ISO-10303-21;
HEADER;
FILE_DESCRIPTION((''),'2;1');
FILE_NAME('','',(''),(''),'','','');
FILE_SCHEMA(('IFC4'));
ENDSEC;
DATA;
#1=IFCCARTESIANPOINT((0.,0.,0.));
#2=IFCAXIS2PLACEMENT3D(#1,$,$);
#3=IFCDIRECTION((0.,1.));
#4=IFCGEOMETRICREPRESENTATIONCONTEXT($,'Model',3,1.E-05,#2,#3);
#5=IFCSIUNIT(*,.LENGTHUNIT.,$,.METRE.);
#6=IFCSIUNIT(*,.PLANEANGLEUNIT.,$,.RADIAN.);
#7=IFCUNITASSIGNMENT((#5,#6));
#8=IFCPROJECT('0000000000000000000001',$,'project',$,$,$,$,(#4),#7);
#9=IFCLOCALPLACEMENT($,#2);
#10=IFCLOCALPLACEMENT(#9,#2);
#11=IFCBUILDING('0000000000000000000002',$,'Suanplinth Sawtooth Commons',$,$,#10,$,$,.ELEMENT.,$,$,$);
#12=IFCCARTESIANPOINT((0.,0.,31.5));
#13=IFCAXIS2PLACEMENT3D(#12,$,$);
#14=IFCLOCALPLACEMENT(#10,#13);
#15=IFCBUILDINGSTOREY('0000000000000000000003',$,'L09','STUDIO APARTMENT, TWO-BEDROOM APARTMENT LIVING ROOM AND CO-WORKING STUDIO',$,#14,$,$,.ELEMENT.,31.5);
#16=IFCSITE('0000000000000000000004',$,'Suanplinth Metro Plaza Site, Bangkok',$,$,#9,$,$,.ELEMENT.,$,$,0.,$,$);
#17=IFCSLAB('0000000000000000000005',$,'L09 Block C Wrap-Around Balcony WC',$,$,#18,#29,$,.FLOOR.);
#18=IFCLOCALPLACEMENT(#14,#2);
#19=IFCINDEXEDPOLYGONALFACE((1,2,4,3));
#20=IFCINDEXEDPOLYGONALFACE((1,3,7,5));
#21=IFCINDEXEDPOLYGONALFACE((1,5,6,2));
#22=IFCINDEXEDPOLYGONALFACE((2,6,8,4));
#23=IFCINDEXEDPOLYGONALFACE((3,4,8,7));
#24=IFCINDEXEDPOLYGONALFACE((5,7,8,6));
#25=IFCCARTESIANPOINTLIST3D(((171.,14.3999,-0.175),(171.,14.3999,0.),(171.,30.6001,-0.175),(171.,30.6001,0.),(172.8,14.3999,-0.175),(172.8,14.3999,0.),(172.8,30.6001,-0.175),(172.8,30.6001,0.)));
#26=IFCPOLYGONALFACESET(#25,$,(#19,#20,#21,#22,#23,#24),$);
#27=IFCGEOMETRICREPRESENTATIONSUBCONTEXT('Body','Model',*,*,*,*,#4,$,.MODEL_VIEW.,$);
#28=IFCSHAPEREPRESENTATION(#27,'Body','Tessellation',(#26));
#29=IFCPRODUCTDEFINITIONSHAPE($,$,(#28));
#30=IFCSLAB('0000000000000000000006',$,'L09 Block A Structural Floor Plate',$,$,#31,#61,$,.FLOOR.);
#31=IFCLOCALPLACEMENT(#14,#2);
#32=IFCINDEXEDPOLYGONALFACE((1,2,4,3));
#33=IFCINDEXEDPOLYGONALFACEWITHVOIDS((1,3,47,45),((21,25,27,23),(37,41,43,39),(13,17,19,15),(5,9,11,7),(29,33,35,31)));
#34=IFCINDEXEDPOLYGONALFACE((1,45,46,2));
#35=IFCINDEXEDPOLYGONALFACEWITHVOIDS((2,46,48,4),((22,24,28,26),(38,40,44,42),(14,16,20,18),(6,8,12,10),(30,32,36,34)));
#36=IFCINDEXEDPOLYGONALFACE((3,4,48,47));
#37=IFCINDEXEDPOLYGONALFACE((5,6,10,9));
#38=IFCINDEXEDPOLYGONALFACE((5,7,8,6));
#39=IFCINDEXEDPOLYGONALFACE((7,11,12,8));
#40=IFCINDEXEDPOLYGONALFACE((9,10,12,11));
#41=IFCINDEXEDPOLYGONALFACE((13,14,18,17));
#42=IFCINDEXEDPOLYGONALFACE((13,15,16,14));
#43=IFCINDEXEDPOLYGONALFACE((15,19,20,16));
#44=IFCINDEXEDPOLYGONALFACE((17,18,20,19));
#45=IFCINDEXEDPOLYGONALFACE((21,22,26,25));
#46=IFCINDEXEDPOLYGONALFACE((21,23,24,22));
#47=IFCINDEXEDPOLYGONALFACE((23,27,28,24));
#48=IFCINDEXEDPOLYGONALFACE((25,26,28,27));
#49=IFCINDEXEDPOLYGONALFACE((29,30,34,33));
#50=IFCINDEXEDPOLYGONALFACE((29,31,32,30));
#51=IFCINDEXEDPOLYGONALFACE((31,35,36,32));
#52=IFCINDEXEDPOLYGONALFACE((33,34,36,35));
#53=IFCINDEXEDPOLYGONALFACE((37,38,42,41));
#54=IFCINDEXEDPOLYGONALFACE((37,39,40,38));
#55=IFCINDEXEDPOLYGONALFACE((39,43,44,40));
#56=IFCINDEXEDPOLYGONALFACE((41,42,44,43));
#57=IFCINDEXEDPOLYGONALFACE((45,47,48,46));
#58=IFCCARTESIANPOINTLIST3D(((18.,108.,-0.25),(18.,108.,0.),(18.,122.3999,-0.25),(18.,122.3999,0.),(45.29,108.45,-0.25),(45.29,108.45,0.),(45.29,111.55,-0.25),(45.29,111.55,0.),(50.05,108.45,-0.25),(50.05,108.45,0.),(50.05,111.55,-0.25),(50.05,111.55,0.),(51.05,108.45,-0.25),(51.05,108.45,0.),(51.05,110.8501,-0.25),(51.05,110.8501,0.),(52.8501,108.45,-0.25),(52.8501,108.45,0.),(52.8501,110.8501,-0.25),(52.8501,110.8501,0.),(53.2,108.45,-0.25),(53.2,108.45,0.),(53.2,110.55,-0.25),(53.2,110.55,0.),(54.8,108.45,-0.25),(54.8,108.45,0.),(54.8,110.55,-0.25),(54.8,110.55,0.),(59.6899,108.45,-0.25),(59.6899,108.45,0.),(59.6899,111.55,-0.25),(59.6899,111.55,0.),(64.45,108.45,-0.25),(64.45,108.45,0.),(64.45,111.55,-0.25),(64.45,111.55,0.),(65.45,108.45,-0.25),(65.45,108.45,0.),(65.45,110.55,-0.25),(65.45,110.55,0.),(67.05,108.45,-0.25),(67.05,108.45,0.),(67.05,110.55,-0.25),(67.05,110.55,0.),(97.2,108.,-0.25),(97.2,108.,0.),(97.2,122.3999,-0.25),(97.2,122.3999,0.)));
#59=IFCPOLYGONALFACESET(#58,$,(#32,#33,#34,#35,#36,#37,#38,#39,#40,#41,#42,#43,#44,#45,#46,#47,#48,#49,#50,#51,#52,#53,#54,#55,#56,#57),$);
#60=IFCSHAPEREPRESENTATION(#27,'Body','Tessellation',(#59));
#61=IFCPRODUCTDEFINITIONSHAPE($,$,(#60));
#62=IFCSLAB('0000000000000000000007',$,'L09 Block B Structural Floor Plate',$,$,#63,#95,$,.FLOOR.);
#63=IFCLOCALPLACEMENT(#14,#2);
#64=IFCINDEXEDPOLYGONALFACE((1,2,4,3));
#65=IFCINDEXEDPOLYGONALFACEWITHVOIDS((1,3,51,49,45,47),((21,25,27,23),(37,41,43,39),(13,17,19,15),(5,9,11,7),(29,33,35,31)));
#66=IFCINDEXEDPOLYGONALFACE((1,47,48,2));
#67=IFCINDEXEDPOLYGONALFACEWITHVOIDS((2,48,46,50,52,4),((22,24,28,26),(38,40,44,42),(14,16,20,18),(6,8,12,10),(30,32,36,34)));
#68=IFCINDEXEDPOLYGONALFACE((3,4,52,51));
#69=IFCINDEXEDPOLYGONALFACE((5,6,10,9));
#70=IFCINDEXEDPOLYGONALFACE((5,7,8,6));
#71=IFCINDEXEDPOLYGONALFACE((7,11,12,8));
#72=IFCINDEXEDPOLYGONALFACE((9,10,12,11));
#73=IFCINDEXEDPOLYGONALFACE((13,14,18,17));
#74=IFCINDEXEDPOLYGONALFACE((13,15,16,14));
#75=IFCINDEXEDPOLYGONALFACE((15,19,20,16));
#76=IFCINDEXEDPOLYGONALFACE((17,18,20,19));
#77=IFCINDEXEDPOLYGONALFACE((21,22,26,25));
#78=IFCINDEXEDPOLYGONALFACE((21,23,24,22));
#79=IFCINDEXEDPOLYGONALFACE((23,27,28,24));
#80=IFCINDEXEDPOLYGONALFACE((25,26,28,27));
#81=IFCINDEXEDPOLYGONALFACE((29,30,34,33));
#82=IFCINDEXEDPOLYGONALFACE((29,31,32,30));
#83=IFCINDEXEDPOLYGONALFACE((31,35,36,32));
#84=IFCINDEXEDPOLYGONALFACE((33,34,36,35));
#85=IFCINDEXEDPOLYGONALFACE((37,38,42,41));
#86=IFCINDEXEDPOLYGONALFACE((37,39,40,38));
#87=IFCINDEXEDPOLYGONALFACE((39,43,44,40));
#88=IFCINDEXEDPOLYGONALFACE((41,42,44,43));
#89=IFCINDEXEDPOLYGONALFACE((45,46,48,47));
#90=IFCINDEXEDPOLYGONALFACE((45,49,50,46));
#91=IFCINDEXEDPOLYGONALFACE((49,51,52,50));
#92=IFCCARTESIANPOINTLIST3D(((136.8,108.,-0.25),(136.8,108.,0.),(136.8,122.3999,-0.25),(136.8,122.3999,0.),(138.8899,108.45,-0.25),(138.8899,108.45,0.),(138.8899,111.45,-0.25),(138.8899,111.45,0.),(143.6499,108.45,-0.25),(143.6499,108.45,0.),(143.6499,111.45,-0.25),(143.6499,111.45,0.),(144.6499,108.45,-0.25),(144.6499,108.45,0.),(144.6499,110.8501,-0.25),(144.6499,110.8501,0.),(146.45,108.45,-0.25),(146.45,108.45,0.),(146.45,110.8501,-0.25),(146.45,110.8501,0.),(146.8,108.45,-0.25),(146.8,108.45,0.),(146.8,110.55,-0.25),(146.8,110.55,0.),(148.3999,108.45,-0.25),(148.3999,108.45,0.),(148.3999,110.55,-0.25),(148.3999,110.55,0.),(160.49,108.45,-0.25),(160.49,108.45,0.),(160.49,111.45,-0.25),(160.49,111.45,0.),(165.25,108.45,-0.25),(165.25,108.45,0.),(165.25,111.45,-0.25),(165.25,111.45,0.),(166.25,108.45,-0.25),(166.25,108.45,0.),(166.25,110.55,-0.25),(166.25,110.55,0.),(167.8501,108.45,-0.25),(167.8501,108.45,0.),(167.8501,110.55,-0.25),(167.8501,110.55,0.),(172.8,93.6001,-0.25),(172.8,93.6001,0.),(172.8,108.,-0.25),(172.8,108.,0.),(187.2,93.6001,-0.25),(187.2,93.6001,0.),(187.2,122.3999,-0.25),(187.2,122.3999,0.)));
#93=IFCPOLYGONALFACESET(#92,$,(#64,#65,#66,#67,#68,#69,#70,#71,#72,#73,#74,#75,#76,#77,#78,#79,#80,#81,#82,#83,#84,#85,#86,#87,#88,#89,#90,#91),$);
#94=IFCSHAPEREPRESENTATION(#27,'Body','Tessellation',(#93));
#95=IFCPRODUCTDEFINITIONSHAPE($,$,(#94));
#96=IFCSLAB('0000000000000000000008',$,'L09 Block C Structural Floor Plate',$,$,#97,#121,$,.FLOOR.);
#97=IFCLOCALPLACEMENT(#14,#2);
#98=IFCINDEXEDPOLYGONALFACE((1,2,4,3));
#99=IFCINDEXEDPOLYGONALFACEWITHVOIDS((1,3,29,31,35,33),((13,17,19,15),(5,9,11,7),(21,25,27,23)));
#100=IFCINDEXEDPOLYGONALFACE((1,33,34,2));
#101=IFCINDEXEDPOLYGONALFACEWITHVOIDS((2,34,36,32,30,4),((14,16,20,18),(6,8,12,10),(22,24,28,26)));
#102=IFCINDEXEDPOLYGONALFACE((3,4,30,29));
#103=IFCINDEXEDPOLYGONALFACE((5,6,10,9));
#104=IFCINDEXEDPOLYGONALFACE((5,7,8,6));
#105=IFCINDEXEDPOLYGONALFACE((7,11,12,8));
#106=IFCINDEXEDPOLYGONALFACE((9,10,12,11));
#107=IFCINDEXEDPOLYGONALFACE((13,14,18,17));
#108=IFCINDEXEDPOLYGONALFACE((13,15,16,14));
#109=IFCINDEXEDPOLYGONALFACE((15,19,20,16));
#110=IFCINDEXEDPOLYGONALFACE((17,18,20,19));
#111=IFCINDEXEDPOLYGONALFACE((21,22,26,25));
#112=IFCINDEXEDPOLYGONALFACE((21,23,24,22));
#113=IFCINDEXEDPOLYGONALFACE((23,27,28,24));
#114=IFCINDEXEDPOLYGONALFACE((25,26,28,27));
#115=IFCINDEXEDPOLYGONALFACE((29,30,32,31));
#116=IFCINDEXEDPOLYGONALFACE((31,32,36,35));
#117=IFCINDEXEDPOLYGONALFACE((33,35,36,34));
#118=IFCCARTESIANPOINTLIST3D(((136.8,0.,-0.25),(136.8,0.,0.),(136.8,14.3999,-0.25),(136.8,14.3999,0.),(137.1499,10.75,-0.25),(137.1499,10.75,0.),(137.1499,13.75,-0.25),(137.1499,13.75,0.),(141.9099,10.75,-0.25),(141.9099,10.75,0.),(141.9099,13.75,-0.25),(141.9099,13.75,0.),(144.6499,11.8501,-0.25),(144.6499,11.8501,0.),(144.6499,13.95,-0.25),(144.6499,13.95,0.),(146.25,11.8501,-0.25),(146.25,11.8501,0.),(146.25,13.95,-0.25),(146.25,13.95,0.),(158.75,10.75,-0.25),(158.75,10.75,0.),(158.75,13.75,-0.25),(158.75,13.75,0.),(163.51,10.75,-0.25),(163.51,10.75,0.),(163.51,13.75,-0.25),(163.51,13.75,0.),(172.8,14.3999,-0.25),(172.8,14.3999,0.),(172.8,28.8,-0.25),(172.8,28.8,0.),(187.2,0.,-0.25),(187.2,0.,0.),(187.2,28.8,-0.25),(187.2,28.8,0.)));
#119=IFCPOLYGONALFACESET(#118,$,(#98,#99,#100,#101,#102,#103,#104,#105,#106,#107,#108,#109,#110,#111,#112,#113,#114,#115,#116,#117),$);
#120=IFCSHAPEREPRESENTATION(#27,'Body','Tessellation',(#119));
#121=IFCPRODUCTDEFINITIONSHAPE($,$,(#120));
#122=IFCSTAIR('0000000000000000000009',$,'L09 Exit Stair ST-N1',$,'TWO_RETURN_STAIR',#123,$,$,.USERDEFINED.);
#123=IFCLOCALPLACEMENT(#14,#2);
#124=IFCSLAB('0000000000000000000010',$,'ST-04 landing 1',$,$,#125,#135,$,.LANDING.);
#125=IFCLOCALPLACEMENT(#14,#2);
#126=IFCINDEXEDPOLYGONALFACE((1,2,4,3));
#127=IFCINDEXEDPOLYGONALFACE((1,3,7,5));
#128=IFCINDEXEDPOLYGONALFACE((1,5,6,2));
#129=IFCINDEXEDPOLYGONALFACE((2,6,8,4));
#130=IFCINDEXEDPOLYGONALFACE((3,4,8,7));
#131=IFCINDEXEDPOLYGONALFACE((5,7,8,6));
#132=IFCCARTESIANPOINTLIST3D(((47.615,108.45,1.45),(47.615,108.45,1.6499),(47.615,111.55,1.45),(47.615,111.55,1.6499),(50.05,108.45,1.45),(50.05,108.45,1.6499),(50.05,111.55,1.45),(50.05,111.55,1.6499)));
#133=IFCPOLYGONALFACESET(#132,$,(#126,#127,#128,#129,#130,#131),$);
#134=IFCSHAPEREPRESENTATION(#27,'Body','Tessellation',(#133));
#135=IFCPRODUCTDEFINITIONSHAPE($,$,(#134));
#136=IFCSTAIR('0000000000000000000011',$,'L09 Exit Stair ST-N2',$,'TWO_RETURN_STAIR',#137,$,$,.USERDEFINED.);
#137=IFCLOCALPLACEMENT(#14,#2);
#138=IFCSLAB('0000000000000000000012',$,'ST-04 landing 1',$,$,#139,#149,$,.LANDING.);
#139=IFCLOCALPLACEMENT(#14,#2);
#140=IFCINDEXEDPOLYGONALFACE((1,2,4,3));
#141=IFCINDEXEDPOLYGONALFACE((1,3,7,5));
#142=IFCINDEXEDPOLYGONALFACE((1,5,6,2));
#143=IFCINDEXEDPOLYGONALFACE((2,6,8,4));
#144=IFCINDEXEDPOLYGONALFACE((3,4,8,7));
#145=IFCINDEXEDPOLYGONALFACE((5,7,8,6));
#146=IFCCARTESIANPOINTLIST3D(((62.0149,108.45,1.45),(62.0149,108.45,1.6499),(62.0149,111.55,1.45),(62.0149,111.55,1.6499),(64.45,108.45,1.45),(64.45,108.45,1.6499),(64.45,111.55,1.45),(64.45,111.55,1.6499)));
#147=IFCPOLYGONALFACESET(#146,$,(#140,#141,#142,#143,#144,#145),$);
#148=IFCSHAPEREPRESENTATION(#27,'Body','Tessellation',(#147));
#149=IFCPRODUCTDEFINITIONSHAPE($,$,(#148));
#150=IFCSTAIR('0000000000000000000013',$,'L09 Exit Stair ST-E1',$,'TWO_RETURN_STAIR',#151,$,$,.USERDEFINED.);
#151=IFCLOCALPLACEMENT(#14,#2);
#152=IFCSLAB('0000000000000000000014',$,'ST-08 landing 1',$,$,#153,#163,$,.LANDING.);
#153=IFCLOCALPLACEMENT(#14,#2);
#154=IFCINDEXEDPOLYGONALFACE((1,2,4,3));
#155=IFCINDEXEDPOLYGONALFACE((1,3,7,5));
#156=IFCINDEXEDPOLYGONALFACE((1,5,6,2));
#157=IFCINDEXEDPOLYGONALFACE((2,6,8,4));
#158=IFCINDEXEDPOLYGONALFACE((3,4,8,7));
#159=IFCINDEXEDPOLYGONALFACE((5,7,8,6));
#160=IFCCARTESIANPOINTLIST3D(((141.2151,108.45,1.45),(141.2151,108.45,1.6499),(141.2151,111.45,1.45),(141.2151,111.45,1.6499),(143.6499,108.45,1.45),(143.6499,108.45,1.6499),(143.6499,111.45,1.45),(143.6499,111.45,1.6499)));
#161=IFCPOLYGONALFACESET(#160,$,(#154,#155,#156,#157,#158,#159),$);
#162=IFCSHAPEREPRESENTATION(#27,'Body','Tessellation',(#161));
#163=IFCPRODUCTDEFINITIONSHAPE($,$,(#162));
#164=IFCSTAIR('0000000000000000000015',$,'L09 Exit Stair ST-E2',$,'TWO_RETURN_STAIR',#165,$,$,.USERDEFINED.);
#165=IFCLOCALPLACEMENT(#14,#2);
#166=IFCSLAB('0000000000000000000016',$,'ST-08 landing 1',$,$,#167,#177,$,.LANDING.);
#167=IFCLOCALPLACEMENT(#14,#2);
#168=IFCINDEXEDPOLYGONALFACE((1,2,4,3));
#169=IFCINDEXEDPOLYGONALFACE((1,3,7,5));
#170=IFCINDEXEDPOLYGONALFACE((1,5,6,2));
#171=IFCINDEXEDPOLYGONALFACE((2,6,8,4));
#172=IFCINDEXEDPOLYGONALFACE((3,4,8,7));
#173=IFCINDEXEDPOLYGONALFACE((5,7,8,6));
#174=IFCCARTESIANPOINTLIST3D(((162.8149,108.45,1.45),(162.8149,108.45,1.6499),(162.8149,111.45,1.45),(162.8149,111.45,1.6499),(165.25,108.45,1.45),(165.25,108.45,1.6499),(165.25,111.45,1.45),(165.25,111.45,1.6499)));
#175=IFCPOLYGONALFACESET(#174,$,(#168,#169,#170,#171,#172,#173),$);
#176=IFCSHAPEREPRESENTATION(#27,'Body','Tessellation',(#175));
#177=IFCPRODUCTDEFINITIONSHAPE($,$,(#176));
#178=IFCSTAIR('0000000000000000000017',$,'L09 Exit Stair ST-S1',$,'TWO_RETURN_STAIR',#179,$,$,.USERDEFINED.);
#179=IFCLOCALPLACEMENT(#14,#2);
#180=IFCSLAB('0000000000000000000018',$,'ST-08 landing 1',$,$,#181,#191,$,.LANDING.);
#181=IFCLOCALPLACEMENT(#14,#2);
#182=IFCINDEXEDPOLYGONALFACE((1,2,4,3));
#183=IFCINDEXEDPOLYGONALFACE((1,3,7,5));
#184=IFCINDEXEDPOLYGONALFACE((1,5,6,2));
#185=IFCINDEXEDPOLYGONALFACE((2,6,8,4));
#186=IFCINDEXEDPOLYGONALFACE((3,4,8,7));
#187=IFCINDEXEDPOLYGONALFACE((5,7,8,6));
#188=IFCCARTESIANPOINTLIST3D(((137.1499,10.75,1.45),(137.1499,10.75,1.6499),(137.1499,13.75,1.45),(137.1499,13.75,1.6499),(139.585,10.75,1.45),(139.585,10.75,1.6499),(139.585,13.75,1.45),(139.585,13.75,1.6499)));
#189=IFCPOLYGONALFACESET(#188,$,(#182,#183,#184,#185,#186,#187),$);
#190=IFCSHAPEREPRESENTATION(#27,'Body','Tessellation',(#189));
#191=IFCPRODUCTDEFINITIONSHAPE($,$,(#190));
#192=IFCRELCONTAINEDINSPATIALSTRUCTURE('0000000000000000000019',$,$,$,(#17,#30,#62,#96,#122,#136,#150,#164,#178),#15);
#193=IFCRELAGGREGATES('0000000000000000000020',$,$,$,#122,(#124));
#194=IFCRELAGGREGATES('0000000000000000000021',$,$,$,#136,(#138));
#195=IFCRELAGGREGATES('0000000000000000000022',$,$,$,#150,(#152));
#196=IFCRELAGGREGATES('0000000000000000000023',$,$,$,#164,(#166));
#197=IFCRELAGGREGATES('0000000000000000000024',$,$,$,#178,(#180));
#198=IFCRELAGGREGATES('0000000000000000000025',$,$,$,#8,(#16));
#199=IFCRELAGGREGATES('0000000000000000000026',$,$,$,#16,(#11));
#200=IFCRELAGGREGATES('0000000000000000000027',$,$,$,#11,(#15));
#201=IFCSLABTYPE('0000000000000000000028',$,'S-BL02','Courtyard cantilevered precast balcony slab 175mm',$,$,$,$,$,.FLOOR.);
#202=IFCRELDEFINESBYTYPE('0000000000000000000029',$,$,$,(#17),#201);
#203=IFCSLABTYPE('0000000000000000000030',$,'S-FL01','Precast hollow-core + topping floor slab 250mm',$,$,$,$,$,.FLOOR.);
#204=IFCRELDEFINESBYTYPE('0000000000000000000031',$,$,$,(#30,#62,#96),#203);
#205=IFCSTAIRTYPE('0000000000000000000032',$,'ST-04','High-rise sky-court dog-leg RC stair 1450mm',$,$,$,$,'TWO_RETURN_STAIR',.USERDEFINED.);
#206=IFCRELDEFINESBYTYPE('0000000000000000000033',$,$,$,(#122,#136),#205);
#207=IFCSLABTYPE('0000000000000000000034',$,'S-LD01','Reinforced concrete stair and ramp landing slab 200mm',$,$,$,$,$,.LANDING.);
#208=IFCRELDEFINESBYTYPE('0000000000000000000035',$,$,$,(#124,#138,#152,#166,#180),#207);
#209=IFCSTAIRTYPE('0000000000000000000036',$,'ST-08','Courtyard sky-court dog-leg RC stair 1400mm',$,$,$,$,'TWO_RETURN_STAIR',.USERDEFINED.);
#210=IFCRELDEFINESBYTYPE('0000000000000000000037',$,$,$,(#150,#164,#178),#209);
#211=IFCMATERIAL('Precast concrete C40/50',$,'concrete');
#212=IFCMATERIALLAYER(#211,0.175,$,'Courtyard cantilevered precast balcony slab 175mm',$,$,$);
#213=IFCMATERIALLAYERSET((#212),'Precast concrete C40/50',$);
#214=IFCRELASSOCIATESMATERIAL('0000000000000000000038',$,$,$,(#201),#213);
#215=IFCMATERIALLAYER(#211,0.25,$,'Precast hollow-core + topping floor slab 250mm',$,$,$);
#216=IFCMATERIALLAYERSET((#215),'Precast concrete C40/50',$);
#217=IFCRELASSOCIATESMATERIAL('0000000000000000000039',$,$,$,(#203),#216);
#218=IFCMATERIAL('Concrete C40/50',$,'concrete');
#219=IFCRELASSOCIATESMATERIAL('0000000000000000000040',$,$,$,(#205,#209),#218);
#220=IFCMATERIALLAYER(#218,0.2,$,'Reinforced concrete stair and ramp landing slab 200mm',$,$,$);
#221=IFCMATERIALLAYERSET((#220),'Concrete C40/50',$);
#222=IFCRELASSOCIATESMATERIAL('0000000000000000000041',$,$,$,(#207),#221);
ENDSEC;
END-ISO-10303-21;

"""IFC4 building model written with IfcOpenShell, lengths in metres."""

from ifc_helpers import new_model, si_unit, direction, frame, origin, place, context, subcontext, project, spatial, polyline, outline, extrude, material, layer, layer_set, type_object, element, aggregate, save


model = new_model("IFC4")

# Units and contexts
model_context = context("Model", 3, precision=1e-05, world=origin(), true_north=direction((0.0, 1.0)))
body_context = subcontext(model_context, "Body", "Model", "MODEL_VIEW")
ifc_project = project(units=[si_unit("LENGTHUNIT", "METRE"), si_unit("PLANEANGLEUNIT", "RADIAN")], contexts=[model_context])

# Site, building, storey
site_placement = place(None, origin())
site = spatial("IfcSite", under=ifc_project, at=site_placement, Name="Suanplinth Metro Plaza Site, Bangkok", CompositionType="ELEMENT", RefElevation=0.0)
building_placement = place(site_placement, origin())
building = spatial("IfcBuilding", under=site, at=building_placement, Name="Suanplinth Sawtooth Commons", CompositionType="ELEMENT")
storey_placement = place(building_placement, frame((0.0, 0.0, 31.5)))
storey = spatial("IfcBuildingStorey", under=building, at=storey_placement, Name="L09", Description="STUDIO APARTMENT, TWO-BEDROOM APARTMENT LIVING ROOM AND CO-WORKING STUDIO", CompositionType="ELEMENT", Elevation=31.5)

# Slabs
ifc_material_1 = material(Name="Precast concrete C40/50", Category="concrete")
ifc_layer_1 = layer(ifc_material_1, 0.175, Name="Courtyard cantilevered precast balcony slab 175mm")
ifc_layer_set_1 = layer_set([ifc_layer_1], Name="Precast concrete C40/50")
slab_type_1 = type_object("IfcSlabType", Name="S-BL02", Description="Courtyard cantilevered precast balcony slab 175mm", PredefinedType="FLOOR", material=ifc_layer_set_1)
slab_1_placement = place(storey_placement, frame((0.0, 0.0, -0.175)))
element("IfcSlab", 1, at=slab_1_placement, inside=storey, type_object=slab_type_1, Name="L09 Block C Wrap-Around Balcony WC", PredefinedType="FLOOR", context=body_context, shape_type="SweptSolid", body=[
    extrude(outline(polyline([(172.8, 14.3999), (171.0, 14.3999), (171.0, 30.6001), (172.8, 30.6001), (172.8, 14.3999)])), origin(), (0.0, 0.0, 1.0), 0.175),
])
ifc_layer_2 = layer(ifc_material_1, 0.25, Name="Precast hollow-core + topping floor slab 250mm")
ifc_layer_set_2 = layer_set([ifc_layer_2], Name="Precast concrete C40/50")
slab_type_2 = type_object("IfcSlabType", Name="S-FL01", Description="Precast hollow-core + topping floor slab 250mm", PredefinedType="FLOOR", material=ifc_layer_set_2)
slab_2_placement = place(storey_placement, frame((0.0, 0.0, -0.25)))
element("IfcSlab", 2, at=slab_2_placement, inside=storey, type_object=slab_type_2, Name="L09 Block A Structural Floor Plate", PredefinedType="FLOOR", context=body_context, shape_type="SweptSolid", body=[
    extrude(outline(polyline([(18.0, 108.0), (97.2, 108.0), (97.2, 122.3999), (18.0, 122.3999), (18.0, 108.0)]), holes=[polyline([(45.29, 108.45), (50.05, 108.45), (50.05, 111.55), (45.29, 111.55), (45.29, 108.45)]), polyline([(51.05, 108.45), (52.8501, 108.45), (52.8501, 110.8501), (51.05, 110.8501), (51.05, 108.45)]), polyline([(53.2, 108.45), (54.8, 108.45), (54.8, 110.55), (53.2, 110.55), (53.2, 108.45)]), polyline([(59.6899, 108.45), (64.45, 108.45), (64.45, 111.55), (59.6899, 111.55), (59.6899, 108.45)]), polyline([(65.45, 108.45), (67.05, 108.45), (67.05, 110.55), (65.45, 110.55), (65.45, 108.45)])]), origin(), (0.0, 0.0, 1.0), 0.25),
])
slab_3_placement = place(storey_placement, frame((0.0, 0.0, -0.25)))
element("IfcSlab", 3, at=slab_3_placement, inside=storey, type_object=slab_type_2, Name="L09 Block B Structural Floor Plate", PredefinedType="FLOOR", context=body_context, shape_type="SweptSolid", body=[
    extrude(outline(polyline([(172.8, 108.0), (136.8, 108.0), (136.8, 122.3999), (187.2, 122.3999), (187.2, 93.6001), (172.8, 93.6001), (172.8, 108.0)]), holes=[polyline([(138.8899, 108.45), (143.6499, 108.45), (143.6499, 111.45), (138.8899, 111.45), (138.8899, 108.45)]), polyline([(144.6499, 108.45), (146.45, 108.45), (146.45, 110.8501), (144.6499, 110.8501), (144.6499, 108.45)]), polyline([(146.8, 108.45), (148.3999, 108.45), (148.3999, 110.55), (146.8, 110.55), (146.8, 108.45)]), polyline([(160.49, 108.45), (165.25, 108.45), (165.25, 111.45), (160.49, 111.45), (160.49, 108.45)]), polyline([(166.25, 108.45), (167.8501, 108.45), (167.8501, 110.55), (166.25, 110.55), (166.25, 108.45)])]), origin(), (0.0, 0.0, 1.0), 0.25),
])
slab_4_placement = place(storey_placement, frame((0.0, 0.0, -0.25)))
element("IfcSlab", 4, at=slab_4_placement, inside=storey, type_object=slab_type_2, Name="L09 Block C Structural Floor Plate", PredefinedType="FLOOR", context=body_context, shape_type="SweptSolid", body=[
    extrude(outline(polyline([(187.2, 0.0), (136.8, 0.0), (136.8, 14.3999), (172.8, 14.3999), (172.8, 28.8), (187.2, 28.8), (187.2, 0.0)]), holes=[polyline([(137.1499, 10.75), (141.9099, 10.75), (141.9099, 13.75), (137.1499, 13.75), (137.1499, 10.75)]), polyline([(144.6499, 11.8501), (146.25, 11.8501), (146.25, 13.95), (144.6499, 13.95), (144.6499, 11.8501)]), polyline([(158.75, 10.75), (163.51, 10.75), (163.51, 13.75), (158.75, 13.75), (158.75, 10.75)])]), origin(), (0.0, 0.0, 1.0), 0.25),
])

# Stairs, slabs
ifc_material_2 = material(Name="Concrete C40/50", Category="concrete")
stair_type_1 = type_object("IfcStairType", Name="ST-04", Description="High-rise sky-court dog-leg RC stair 1450mm", ElementType="TWO_RETURN_STAIR", PredefinedType="USERDEFINED", material=ifc_material_2)
stair_1_placement = place(storey_placement, origin())
stair_1 = element("IfcStair", 5, at=stair_1_placement, inside=storey, type_object=stair_type_1, Name="L09 Exit Stair ST-N1", ObjectType="TWO_RETURN_STAIR", PredefinedType="USERDEFINED")
ifc_layer_3 = layer(ifc_material_2, 0.2, Name="Reinforced concrete stair and ramp landing slab 200mm")
ifc_layer_set_3 = layer_set([ifc_layer_3], Name="Concrete C40/50")
slab_type_3 = type_object("IfcSlabType", Name="S-LD01", Description="Reinforced concrete stair and ramp landing slab 200mm", PredefinedType="LANDING", material=ifc_layer_set_3)
slab_5_placement = place(storey_placement, frame((0.0, 0.0, 1.45)))
slab_5 = element("IfcSlab", 6, at=slab_5_placement, type_object=slab_type_3, Name="ST-04 landing 1", PredefinedType="LANDING", context=body_context, shape_type="SweptSolid", body=[
    extrude(outline(polyline([(47.615, 108.45), (50.05, 108.45), (50.05, 111.55), (47.615, 111.55), (47.615, 108.45)])), origin(), (0.0, 0.0, 1.0), 0.2),
])
aggregate(stair_1, [slab_5])
stair_2_placement = place(storey_placement, origin())
stair_2 = element("IfcStair", 7, at=stair_2_placement, inside=storey, type_object=stair_type_1, Name="L09 Exit Stair ST-N2", ObjectType="TWO_RETURN_STAIR", PredefinedType="USERDEFINED")
slab_6_placement = place(storey_placement, frame((0.0, 0.0, 1.45)))
slab_6 = element("IfcSlab", 8, at=slab_6_placement, type_object=slab_type_3, Name="ST-04 landing 1", PredefinedType="LANDING", context=body_context, shape_type="SweptSolid", body=[
    extrude(outline(polyline([(62.0149, 108.45), (64.45, 108.45), (64.45, 111.55), (62.0149, 111.55), (62.0149, 108.45)])), origin(), (0.0, 0.0, 1.0), 0.2),
])
aggregate(stair_2, [slab_6])
stair_type_2 = type_object("IfcStairType", Name="ST-08", Description="Courtyard sky-court dog-leg RC stair 1400mm", ElementType="TWO_RETURN_STAIR", PredefinedType="USERDEFINED", material=ifc_material_2)
stair_3_placement = place(storey_placement, origin())
stair_3 = element("IfcStair", 9, at=stair_3_placement, inside=storey, type_object=stair_type_2, Name="L09 Exit Stair ST-E1", ObjectType="TWO_RETURN_STAIR", PredefinedType="USERDEFINED")
slab_7_placement = place(storey_placement, frame((0.0, 0.0, 1.45)))
slab_7 = element("IfcSlab", 10, at=slab_7_placement, type_object=slab_type_3, Name="ST-08 landing 1", PredefinedType="LANDING", context=body_context, shape_type="SweptSolid", body=[
    extrude(outline(polyline([(141.2151, 108.45), (143.6499, 108.45), (143.6499, 111.45), (141.2151, 111.45), (141.2151, 108.45)])), origin(), (0.0, 0.0, 1.0), 0.2),
])
aggregate(stair_3, [slab_7])
stair_4_placement = place(storey_placement, origin())
stair_4 = element("IfcStair", 11, at=stair_4_placement, inside=storey, type_object=stair_type_2, Name="L09 Exit Stair ST-E2", ObjectType="TWO_RETURN_STAIR", PredefinedType="USERDEFINED")
slab_8_placement = place(storey_placement, frame((0.0, 0.0, 1.45)))
slab_8 = element("IfcSlab", 12, at=slab_8_placement, type_object=slab_type_3, Name="ST-08 landing 1", PredefinedType="LANDING", context=body_context, shape_type="SweptSolid", body=[
    extrude(outline(polyline([(162.8149, 108.45), (165.25, 108.45), (165.25, 111.45), (162.8149, 111.45), (162.8149, 108.45)])), origin(), (0.0, 0.0, 1.0), 0.2),
])
aggregate(stair_4, [slab_8])
stair_5_placement = place(storey_placement, origin())
stair_5 = element("IfcStair", 13, at=stair_5_placement, inside=storey, type_object=stair_type_2, Name="L09 Exit Stair ST-S1", ObjectType="TWO_RETURN_STAIR", PredefinedType="USERDEFINED")
slab_9_placement = place(storey_placement, frame((0.0, 0.0, 1.45)))
slab_9 = element("IfcSlab", 14, at=slab_9_placement, type_object=slab_type_3, Name="ST-08 landing 1", PredefinedType="LANDING", context=body_context, shape_type="SweptSolid", body=[
    extrude(outline(polyline([(139.585, 13.75), (137.1499, 13.75), (137.1499, 10.75), (139.585, 10.75), (139.585, 13.75)])), origin(), (0.0, 0.0, 1.0), 0.2),
])
aggregate(stair_5, [slab_9])

save(model, "model.ifc")
